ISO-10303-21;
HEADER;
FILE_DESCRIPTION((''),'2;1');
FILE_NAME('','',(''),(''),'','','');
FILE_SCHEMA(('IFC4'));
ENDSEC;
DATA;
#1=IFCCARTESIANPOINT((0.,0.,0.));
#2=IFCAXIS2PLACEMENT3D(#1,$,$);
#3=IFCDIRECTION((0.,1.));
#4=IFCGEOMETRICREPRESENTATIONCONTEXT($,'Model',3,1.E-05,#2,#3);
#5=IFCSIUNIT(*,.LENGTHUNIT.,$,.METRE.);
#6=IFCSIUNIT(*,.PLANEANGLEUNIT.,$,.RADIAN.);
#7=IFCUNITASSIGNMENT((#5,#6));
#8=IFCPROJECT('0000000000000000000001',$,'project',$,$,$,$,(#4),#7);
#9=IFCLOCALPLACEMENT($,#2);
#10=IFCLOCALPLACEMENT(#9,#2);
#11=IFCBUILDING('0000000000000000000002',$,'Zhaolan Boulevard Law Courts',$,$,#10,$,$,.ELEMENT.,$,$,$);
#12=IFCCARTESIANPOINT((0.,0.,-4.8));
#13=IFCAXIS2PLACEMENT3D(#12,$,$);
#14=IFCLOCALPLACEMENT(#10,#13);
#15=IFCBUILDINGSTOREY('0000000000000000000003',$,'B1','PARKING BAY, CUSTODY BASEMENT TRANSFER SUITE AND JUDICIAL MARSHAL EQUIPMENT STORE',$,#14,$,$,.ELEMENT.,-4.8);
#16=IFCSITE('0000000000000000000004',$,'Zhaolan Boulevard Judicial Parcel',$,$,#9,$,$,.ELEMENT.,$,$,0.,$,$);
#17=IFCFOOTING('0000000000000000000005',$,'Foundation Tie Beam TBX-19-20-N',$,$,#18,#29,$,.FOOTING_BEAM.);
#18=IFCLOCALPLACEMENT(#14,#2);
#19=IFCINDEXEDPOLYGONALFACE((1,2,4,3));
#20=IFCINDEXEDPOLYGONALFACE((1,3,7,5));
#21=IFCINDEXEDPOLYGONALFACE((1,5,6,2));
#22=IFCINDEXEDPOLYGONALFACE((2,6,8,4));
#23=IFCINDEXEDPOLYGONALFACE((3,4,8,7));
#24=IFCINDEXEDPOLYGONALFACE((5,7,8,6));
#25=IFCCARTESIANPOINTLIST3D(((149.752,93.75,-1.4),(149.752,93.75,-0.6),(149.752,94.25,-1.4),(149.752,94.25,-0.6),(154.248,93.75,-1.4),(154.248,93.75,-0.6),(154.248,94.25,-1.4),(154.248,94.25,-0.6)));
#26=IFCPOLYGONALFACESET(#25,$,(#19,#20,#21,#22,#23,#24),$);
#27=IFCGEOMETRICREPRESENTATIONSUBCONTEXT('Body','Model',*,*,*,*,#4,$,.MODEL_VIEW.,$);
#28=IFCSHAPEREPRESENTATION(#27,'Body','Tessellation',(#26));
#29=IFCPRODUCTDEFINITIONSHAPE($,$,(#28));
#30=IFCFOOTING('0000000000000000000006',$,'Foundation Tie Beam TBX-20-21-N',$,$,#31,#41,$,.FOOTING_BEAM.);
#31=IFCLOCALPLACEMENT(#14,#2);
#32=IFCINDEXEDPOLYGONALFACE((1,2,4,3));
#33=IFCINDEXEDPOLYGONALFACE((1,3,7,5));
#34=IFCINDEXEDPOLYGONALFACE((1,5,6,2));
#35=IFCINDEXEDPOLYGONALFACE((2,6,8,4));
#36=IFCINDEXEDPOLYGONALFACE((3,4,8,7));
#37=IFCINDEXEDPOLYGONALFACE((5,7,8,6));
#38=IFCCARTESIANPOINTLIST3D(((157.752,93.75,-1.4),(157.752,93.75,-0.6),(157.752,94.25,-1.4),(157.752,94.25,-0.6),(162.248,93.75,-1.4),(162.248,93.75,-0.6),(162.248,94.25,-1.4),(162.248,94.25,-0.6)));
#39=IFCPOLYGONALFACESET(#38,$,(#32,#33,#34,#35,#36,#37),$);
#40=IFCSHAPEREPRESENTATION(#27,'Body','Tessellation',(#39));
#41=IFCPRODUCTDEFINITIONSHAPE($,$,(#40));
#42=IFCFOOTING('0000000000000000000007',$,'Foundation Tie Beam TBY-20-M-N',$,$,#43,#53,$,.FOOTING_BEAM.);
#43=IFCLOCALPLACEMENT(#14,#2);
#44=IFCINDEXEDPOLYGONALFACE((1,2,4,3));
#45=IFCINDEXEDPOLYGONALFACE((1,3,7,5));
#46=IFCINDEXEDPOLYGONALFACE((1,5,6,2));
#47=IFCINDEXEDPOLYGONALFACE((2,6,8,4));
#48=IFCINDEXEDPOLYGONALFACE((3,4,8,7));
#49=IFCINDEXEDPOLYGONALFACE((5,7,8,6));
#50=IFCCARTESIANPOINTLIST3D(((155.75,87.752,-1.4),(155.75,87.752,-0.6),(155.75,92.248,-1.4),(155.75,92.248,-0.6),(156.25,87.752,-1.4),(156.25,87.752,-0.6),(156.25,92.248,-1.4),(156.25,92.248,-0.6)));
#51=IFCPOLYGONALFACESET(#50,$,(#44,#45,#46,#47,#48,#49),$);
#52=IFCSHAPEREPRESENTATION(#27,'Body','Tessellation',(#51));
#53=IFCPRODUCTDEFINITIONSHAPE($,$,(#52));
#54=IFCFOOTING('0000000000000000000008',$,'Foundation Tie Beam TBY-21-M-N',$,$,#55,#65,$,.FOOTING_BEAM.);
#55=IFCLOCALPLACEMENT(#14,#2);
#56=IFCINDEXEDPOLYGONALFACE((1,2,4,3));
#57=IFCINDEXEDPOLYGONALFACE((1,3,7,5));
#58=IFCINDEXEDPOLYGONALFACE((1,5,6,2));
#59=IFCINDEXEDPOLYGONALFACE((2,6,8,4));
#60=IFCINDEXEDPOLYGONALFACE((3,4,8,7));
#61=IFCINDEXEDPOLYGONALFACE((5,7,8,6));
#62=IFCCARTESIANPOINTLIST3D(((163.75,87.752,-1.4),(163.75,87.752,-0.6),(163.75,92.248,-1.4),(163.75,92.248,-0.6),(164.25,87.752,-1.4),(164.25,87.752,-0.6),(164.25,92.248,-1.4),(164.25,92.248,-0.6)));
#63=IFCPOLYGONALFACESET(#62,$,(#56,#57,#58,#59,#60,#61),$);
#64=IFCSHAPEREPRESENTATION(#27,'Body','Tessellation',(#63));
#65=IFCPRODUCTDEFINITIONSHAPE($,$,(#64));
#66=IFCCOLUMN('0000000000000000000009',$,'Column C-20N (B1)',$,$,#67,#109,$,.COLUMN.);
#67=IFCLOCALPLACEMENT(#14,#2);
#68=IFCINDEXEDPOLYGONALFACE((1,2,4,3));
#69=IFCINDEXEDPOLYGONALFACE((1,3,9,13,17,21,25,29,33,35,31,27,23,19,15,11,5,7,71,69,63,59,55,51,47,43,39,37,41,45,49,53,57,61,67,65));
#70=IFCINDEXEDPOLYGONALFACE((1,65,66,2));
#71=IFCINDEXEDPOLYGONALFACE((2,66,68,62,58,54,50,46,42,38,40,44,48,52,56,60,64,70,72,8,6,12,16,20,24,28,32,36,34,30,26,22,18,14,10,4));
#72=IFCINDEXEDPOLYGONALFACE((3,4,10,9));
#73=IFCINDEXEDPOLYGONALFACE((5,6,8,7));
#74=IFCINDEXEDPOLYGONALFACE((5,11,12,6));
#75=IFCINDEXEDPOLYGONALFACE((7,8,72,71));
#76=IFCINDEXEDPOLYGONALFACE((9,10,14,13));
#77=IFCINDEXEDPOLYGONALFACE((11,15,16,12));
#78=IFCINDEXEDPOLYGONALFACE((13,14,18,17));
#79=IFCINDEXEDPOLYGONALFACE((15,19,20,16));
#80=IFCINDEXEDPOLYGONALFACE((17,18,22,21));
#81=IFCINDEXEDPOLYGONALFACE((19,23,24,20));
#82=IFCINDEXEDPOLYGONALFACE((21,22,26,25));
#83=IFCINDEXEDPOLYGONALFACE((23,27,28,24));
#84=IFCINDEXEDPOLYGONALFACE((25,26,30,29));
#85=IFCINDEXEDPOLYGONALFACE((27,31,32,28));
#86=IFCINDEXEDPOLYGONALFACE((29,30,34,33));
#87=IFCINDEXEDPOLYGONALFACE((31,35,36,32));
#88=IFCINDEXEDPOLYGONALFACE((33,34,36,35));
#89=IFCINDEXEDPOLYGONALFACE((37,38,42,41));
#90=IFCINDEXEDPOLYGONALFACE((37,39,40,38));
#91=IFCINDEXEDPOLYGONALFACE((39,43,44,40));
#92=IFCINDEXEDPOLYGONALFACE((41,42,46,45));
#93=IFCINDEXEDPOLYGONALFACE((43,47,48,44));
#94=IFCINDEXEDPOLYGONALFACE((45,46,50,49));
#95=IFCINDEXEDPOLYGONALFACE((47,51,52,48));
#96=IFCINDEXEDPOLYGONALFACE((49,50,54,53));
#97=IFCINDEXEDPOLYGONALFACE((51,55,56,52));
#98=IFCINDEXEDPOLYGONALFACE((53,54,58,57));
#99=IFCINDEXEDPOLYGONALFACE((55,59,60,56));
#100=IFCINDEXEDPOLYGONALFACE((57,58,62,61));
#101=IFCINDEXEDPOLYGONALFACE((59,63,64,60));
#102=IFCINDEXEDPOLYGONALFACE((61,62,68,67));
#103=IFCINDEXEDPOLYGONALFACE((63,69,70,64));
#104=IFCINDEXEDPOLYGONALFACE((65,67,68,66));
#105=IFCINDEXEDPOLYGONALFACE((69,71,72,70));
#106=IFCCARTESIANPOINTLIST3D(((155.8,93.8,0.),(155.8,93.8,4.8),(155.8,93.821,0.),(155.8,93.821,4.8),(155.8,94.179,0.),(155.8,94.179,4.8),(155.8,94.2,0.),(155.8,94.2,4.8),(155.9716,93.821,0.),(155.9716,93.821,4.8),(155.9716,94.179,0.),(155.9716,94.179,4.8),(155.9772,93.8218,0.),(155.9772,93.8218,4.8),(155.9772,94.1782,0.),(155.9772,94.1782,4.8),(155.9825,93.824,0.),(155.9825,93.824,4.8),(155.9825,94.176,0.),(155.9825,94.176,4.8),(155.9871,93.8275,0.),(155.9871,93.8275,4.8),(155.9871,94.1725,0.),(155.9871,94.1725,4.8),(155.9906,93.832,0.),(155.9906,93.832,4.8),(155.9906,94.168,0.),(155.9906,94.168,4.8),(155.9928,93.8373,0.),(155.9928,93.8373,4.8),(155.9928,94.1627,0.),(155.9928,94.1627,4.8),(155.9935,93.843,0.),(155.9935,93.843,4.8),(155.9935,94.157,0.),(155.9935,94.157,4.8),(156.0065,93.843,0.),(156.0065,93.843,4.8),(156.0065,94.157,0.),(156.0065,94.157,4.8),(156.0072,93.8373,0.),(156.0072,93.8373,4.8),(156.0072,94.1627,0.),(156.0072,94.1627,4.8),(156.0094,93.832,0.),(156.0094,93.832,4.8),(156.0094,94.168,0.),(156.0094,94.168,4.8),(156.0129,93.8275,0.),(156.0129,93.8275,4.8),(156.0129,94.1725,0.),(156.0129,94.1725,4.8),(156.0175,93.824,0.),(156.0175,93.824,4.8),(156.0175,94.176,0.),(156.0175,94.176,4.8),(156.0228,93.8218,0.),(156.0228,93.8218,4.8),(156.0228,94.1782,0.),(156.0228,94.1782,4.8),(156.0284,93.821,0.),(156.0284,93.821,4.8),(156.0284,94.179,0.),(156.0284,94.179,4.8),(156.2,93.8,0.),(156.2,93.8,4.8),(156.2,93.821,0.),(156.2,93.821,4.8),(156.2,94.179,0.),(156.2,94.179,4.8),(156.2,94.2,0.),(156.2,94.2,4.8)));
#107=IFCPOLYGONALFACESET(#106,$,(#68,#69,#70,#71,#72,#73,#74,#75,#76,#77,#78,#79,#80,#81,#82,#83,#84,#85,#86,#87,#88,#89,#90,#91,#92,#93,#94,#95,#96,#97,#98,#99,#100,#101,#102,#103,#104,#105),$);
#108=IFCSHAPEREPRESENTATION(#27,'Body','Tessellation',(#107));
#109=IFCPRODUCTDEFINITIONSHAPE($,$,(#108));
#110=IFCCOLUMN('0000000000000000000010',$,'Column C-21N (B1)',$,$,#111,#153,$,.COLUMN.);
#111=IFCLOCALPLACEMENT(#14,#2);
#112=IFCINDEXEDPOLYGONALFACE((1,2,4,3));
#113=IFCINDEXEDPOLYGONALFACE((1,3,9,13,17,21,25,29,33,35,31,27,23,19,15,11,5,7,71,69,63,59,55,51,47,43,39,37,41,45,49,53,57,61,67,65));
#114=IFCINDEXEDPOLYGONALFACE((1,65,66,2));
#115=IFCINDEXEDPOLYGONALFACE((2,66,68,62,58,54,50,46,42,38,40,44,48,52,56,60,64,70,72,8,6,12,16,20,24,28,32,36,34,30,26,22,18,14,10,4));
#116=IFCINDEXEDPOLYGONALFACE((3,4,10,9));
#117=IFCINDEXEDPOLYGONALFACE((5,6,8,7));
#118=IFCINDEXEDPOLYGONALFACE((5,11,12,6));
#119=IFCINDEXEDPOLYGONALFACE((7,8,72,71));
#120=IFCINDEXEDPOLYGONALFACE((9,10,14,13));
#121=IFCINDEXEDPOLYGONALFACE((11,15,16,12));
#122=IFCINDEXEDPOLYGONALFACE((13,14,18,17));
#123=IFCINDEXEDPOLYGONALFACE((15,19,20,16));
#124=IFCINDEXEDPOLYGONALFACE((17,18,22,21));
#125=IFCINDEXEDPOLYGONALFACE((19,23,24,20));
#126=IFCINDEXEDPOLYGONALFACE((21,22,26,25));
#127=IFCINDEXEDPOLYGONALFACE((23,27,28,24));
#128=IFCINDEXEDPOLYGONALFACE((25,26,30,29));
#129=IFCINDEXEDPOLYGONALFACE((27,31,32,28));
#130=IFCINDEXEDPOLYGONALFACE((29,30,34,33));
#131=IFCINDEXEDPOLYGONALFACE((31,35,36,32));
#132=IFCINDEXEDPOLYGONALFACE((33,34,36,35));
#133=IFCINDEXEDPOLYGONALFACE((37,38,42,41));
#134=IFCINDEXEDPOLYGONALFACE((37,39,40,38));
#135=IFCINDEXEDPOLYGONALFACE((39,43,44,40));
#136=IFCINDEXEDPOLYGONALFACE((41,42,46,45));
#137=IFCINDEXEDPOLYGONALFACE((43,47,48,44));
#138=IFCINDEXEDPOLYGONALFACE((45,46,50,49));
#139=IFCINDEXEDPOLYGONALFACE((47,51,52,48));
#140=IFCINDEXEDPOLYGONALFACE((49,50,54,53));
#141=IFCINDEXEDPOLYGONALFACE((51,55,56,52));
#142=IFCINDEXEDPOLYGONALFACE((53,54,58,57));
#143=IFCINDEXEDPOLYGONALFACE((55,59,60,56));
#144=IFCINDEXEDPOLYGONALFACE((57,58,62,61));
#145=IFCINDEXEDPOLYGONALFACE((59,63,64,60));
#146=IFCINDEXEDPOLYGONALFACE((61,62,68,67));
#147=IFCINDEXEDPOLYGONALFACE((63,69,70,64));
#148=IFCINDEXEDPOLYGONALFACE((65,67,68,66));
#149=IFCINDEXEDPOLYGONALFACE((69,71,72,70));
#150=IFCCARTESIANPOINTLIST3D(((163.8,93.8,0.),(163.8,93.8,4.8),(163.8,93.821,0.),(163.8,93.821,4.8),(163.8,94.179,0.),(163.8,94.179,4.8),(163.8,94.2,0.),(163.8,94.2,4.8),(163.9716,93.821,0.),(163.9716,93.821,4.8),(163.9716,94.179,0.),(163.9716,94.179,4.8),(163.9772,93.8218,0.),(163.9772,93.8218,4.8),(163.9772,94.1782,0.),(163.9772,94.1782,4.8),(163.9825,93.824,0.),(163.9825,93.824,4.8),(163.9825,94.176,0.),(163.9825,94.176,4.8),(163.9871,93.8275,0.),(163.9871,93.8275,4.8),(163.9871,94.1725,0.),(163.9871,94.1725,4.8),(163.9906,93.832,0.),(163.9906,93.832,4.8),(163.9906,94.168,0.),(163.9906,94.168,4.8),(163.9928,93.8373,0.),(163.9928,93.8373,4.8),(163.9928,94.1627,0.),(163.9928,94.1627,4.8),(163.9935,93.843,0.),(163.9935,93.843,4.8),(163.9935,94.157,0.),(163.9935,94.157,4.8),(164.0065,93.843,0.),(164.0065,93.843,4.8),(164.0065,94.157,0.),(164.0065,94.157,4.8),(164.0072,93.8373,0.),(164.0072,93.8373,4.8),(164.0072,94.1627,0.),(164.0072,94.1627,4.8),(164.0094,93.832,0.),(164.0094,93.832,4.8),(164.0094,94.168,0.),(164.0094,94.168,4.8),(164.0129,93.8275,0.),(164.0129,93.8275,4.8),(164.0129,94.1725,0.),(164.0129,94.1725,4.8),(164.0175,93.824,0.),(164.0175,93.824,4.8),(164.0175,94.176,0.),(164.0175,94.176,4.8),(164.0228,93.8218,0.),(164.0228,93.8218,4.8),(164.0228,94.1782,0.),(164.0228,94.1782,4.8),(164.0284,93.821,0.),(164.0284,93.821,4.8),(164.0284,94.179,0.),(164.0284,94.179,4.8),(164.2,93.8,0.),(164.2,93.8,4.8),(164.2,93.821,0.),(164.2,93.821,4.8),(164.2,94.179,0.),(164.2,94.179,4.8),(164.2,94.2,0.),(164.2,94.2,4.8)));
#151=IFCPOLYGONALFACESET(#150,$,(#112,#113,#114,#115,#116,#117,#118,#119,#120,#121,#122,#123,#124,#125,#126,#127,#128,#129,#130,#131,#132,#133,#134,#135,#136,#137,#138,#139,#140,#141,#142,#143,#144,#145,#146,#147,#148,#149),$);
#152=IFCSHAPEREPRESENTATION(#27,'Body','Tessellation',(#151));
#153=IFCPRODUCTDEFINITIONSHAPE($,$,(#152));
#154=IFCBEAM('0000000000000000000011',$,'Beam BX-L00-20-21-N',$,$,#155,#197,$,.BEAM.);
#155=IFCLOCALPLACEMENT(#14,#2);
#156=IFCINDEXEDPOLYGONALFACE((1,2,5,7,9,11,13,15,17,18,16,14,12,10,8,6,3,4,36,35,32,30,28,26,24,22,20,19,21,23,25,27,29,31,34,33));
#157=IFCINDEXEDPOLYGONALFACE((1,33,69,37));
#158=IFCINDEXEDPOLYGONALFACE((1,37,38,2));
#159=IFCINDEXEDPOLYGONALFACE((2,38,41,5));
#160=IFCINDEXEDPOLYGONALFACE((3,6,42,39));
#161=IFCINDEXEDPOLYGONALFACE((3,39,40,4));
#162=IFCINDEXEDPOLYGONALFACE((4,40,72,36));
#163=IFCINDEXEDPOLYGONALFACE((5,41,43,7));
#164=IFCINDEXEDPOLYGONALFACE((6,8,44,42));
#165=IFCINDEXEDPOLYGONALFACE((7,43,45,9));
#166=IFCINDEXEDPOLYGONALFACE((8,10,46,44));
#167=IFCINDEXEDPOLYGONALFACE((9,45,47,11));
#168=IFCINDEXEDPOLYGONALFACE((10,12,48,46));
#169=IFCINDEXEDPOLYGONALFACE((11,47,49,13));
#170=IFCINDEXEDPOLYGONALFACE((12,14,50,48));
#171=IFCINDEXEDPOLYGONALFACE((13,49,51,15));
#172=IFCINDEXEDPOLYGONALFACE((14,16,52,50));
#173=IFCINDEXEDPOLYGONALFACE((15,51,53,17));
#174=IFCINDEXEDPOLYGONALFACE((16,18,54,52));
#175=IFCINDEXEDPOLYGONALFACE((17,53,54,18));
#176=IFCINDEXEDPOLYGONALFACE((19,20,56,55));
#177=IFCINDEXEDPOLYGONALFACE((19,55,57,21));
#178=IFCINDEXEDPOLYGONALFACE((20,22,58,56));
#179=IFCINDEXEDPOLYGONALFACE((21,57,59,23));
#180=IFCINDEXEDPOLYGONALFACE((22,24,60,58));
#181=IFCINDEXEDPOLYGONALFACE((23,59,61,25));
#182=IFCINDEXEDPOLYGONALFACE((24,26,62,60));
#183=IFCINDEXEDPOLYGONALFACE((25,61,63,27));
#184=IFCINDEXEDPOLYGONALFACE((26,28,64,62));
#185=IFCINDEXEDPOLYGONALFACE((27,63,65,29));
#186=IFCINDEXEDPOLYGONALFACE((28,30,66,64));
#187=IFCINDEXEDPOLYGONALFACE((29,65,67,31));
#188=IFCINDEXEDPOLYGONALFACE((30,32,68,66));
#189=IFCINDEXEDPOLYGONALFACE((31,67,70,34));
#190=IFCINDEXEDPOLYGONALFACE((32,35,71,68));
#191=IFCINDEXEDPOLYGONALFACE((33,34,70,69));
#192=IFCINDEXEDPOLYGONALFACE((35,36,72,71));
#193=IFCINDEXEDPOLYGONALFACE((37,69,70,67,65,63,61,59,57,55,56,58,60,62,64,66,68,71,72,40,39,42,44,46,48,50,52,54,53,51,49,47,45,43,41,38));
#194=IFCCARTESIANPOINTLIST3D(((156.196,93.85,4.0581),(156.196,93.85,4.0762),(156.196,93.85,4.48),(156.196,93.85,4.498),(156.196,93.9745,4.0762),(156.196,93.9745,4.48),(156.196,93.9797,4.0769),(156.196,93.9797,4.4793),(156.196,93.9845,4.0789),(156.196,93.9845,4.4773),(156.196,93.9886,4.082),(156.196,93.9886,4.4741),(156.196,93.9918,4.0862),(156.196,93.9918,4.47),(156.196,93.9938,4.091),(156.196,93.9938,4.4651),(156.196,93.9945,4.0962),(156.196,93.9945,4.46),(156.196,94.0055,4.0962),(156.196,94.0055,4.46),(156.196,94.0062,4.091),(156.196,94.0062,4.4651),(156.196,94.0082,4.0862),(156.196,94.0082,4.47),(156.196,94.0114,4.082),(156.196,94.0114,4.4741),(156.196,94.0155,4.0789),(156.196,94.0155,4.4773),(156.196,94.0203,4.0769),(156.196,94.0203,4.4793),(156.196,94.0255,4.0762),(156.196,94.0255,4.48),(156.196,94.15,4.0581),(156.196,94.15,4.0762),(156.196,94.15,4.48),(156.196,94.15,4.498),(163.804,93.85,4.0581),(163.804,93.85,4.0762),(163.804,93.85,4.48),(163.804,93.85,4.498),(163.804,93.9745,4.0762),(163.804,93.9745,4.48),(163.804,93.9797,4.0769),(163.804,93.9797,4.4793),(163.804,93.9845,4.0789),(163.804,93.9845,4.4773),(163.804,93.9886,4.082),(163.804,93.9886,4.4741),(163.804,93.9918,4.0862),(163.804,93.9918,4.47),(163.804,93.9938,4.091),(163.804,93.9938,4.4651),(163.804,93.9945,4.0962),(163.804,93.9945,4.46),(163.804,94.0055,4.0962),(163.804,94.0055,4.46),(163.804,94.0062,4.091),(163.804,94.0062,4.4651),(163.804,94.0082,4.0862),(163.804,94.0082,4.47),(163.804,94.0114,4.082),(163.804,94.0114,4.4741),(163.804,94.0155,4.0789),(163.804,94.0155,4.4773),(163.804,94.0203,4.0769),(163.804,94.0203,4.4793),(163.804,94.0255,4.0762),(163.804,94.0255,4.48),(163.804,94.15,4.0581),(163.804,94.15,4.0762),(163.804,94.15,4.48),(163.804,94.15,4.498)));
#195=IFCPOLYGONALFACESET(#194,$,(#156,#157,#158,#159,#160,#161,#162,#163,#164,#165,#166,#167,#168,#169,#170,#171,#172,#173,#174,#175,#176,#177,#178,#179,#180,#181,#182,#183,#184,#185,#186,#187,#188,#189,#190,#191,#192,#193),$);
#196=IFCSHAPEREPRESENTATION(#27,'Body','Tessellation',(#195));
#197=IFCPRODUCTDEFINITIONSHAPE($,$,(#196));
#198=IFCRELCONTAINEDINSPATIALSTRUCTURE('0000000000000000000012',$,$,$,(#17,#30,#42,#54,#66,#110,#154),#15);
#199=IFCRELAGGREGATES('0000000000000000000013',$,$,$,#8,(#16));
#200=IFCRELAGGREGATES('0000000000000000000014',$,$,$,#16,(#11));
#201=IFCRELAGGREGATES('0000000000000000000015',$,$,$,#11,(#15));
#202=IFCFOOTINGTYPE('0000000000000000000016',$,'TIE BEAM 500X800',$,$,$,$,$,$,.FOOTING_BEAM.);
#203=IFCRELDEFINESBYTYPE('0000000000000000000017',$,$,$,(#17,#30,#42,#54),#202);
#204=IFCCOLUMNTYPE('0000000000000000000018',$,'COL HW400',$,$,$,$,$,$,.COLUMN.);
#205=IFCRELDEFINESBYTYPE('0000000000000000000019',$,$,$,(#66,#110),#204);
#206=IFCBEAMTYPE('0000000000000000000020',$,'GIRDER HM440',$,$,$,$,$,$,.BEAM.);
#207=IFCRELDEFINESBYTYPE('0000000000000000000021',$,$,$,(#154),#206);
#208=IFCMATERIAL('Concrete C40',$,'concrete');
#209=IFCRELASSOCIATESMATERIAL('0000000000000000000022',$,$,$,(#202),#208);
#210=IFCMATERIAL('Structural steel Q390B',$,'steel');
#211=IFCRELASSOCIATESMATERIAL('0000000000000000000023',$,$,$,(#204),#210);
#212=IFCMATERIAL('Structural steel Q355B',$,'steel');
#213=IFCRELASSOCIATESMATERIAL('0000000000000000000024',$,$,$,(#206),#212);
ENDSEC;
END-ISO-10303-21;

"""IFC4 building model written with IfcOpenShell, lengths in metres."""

from ifc_helpers import new_model, si_unit, direction, frame, origin, origin_2d, place, context, subcontext, project, spatial, rectangle, i_section, extrude, material, material_profile, profile_set, type_object, element, save


model = new_model("IFC4")

# Units and contexts
model_context = context("Model", 3, precision=1e-05, world=origin(), true_north=direction((0.0, 1.0)))
body_context = subcontext(model_context, "Body", "Model", "MODEL_VIEW")
ifc_project = project(units=[si_unit("LENGTHUNIT", "METRE"), si_unit("PLANEANGLEUNIT", "RADIAN")], contexts=[model_context])

# Site, building, storey
site_placement = place(None, origin())
site = spatial("IfcSite", under=ifc_project, at=site_placement, Name="Zhaolan Boulevard Judicial Parcel", CompositionType="ELEMENT", RefElevation=0.0)
building_placement = place(site_placement, origin())
building = spatial("IfcBuilding", under=site, at=building_placement, Name="Zhaolan Boulevard Law Courts", CompositionType="ELEMENT")
storey_placement = place(building_placement, frame((0.0, 0.0, -4.8)))
storey = spatial("IfcBuildingStorey", under=building, at=storey_placement, Name="B1", Description="PARKING BAY, CUSTODY BASEMENT TRANSFER SUITE AND JUDICIAL MARSHAL EQUIPMENT STORE", CompositionType="ELEMENT", Elevation=-4.8)

# Footings
ifc_material_1 = material(Name="Concrete C40", Category="concrete")
ifc_material_profile_1 = material_profile(ifc_material_1, rectangle(XDim=0.5, YDim=0.8, at=origin_2d()), Name="RC500x800")
ifc_profile_set_1 = profile_set([ifc_material_profile_1], Name="Concrete C40")
footing_type_1 = type_object("IfcFootingType", Name="TIE BEAM 500X800", PredefinedType="FOOTING_BEAM", material=ifc_profile_set_1)
for number, where, z_axis, x_axis, name in (
    (1, (149.752, 94.0, -1.0), (1.0, 0.0, 0.0), (0.0, 1.0, 0.0), "Foundation Tie Beam TBX-19-20-N"),
    (2, (157.752, 94.0, -1.0), (1.0, 0.0, 0.0), (0.0, 1.0, 0.0), "Foundation Tie Beam TBX-20-21-N"),
    (3, (156.0, 87.752, -1.0), (0.0, 1.0, 0.0), (-1.0, 0.0, 0.0), "Foundation Tie Beam TBY-20-M-N"),
    (4, (164.0, 87.752, -1.0), (0.0, 1.0, 0.0), (-1.0, 0.0, 0.0), "Foundation Tie Beam TBY-21-M-N"),
):
    element("IfcFooting", number, at=place(storey_placement, frame(where, z_axis=z_axis, x_axis=x_axis)), inside=storey, type_object=footing_type_1, Name=name, PredefinedType="FOOTING_BEAM", context=body_context, shape_type="SweptSolid", body=[
        extrude(rectangle(XDim=0.5, YDim=0.8, at=origin_2d()), origin(), (0.0, 0.0, 1.0), 4.4961),
    ])

# Columns
ifc_material_2 = material(Name="Structural steel Q390B", Category="steel")
ifc_material_profile_2 = material_profile(ifc_material_2, i_section(OverallWidth=0.3999, OverallDepth=0.3999, WebThickness=0.0129, FlangeThickness=0.021, FilletRadius=0.022, at=origin_2d()), Name="HW400x400")
ifc_profile_set_2 = profile_set([ifc_material_profile_2], Name="Structural steel Q390B")
column_type = type_object("IfcColumnType", Name="COL HW400", PredefinedType="COLUMN", material=ifc_profile_set_2)
for number, where, z_axis, x_axis, name in (
    (5, (156.0, 94.0, 0.0), (0.0, 0.0, 1.0), (1.0, 0.0, 0.0), "Column C-20N (B1)"),
    (6, (164.0, 94.0, 0.0), (0.0, 0.0, 1.0), (1.0, 0.0, 0.0), "Column C-21N (B1)"),
):
    element("IfcColumn", number, at=place(storey_placement, frame(where, z_axis=z_axis, x_axis=x_axis)), inside=storey, type_object=column_type, Name=name, PredefinedType="COLUMN", context=body_context, shape_type="SweptSolid", body=[
        extrude(i_section(OverallWidth=0.3999, OverallDepth=0.3999, WebThickness=0.0129, FlangeThickness=0.021, FilletRadius=0.022, at=origin_2d()), origin(), (0.0, 0.0, 1.0), 4.8),
    ])

# Beam
ifc_material_3 = material(Name="Structural steel Q355B", Category="steel")
ifc_material_profile_3 = material_profile(ifc_material_3, i_section(OverallWidth=0.3, OverallDepth=0.4399, WebThickness=0.011, FlangeThickness=0.0181, FilletRadius=0.02, at=origin_2d()), Name="HM440x300")
ifc_profile_set_3 = profile_set([ifc_material_profile_3], Name="Structural steel Q355B")
beam_type_1 = type_object("IfcBeamType", Name="GIRDER HM440", PredefinedType="BEAM", material=ifc_profile_set_3)
beam_1_placement = place(storey_placement, frame((156.196, 94.0, 4.2781), z_axis=(1.0, 0.0, 0.0), x_axis=(0.0, 1.0, 0.0)))
element("IfcBeam", 7, at=beam_1_placement, inside=storey, type_object=beam_type_1, Name="Beam BX-L00-20-21-N", PredefinedType="BEAM", context=body_context, shape_type="SweptSolid", body=[
    extrude(i_section(OverallWidth=0.3, OverallDepth=0.4399, WebThickness=0.011, FlangeThickness=0.0181, FilletRadius=0.02, at=origin_2d()), origin(), (0.0, 0.0, 1.0), 7.6079),
])

save(model, "model.ifc")
